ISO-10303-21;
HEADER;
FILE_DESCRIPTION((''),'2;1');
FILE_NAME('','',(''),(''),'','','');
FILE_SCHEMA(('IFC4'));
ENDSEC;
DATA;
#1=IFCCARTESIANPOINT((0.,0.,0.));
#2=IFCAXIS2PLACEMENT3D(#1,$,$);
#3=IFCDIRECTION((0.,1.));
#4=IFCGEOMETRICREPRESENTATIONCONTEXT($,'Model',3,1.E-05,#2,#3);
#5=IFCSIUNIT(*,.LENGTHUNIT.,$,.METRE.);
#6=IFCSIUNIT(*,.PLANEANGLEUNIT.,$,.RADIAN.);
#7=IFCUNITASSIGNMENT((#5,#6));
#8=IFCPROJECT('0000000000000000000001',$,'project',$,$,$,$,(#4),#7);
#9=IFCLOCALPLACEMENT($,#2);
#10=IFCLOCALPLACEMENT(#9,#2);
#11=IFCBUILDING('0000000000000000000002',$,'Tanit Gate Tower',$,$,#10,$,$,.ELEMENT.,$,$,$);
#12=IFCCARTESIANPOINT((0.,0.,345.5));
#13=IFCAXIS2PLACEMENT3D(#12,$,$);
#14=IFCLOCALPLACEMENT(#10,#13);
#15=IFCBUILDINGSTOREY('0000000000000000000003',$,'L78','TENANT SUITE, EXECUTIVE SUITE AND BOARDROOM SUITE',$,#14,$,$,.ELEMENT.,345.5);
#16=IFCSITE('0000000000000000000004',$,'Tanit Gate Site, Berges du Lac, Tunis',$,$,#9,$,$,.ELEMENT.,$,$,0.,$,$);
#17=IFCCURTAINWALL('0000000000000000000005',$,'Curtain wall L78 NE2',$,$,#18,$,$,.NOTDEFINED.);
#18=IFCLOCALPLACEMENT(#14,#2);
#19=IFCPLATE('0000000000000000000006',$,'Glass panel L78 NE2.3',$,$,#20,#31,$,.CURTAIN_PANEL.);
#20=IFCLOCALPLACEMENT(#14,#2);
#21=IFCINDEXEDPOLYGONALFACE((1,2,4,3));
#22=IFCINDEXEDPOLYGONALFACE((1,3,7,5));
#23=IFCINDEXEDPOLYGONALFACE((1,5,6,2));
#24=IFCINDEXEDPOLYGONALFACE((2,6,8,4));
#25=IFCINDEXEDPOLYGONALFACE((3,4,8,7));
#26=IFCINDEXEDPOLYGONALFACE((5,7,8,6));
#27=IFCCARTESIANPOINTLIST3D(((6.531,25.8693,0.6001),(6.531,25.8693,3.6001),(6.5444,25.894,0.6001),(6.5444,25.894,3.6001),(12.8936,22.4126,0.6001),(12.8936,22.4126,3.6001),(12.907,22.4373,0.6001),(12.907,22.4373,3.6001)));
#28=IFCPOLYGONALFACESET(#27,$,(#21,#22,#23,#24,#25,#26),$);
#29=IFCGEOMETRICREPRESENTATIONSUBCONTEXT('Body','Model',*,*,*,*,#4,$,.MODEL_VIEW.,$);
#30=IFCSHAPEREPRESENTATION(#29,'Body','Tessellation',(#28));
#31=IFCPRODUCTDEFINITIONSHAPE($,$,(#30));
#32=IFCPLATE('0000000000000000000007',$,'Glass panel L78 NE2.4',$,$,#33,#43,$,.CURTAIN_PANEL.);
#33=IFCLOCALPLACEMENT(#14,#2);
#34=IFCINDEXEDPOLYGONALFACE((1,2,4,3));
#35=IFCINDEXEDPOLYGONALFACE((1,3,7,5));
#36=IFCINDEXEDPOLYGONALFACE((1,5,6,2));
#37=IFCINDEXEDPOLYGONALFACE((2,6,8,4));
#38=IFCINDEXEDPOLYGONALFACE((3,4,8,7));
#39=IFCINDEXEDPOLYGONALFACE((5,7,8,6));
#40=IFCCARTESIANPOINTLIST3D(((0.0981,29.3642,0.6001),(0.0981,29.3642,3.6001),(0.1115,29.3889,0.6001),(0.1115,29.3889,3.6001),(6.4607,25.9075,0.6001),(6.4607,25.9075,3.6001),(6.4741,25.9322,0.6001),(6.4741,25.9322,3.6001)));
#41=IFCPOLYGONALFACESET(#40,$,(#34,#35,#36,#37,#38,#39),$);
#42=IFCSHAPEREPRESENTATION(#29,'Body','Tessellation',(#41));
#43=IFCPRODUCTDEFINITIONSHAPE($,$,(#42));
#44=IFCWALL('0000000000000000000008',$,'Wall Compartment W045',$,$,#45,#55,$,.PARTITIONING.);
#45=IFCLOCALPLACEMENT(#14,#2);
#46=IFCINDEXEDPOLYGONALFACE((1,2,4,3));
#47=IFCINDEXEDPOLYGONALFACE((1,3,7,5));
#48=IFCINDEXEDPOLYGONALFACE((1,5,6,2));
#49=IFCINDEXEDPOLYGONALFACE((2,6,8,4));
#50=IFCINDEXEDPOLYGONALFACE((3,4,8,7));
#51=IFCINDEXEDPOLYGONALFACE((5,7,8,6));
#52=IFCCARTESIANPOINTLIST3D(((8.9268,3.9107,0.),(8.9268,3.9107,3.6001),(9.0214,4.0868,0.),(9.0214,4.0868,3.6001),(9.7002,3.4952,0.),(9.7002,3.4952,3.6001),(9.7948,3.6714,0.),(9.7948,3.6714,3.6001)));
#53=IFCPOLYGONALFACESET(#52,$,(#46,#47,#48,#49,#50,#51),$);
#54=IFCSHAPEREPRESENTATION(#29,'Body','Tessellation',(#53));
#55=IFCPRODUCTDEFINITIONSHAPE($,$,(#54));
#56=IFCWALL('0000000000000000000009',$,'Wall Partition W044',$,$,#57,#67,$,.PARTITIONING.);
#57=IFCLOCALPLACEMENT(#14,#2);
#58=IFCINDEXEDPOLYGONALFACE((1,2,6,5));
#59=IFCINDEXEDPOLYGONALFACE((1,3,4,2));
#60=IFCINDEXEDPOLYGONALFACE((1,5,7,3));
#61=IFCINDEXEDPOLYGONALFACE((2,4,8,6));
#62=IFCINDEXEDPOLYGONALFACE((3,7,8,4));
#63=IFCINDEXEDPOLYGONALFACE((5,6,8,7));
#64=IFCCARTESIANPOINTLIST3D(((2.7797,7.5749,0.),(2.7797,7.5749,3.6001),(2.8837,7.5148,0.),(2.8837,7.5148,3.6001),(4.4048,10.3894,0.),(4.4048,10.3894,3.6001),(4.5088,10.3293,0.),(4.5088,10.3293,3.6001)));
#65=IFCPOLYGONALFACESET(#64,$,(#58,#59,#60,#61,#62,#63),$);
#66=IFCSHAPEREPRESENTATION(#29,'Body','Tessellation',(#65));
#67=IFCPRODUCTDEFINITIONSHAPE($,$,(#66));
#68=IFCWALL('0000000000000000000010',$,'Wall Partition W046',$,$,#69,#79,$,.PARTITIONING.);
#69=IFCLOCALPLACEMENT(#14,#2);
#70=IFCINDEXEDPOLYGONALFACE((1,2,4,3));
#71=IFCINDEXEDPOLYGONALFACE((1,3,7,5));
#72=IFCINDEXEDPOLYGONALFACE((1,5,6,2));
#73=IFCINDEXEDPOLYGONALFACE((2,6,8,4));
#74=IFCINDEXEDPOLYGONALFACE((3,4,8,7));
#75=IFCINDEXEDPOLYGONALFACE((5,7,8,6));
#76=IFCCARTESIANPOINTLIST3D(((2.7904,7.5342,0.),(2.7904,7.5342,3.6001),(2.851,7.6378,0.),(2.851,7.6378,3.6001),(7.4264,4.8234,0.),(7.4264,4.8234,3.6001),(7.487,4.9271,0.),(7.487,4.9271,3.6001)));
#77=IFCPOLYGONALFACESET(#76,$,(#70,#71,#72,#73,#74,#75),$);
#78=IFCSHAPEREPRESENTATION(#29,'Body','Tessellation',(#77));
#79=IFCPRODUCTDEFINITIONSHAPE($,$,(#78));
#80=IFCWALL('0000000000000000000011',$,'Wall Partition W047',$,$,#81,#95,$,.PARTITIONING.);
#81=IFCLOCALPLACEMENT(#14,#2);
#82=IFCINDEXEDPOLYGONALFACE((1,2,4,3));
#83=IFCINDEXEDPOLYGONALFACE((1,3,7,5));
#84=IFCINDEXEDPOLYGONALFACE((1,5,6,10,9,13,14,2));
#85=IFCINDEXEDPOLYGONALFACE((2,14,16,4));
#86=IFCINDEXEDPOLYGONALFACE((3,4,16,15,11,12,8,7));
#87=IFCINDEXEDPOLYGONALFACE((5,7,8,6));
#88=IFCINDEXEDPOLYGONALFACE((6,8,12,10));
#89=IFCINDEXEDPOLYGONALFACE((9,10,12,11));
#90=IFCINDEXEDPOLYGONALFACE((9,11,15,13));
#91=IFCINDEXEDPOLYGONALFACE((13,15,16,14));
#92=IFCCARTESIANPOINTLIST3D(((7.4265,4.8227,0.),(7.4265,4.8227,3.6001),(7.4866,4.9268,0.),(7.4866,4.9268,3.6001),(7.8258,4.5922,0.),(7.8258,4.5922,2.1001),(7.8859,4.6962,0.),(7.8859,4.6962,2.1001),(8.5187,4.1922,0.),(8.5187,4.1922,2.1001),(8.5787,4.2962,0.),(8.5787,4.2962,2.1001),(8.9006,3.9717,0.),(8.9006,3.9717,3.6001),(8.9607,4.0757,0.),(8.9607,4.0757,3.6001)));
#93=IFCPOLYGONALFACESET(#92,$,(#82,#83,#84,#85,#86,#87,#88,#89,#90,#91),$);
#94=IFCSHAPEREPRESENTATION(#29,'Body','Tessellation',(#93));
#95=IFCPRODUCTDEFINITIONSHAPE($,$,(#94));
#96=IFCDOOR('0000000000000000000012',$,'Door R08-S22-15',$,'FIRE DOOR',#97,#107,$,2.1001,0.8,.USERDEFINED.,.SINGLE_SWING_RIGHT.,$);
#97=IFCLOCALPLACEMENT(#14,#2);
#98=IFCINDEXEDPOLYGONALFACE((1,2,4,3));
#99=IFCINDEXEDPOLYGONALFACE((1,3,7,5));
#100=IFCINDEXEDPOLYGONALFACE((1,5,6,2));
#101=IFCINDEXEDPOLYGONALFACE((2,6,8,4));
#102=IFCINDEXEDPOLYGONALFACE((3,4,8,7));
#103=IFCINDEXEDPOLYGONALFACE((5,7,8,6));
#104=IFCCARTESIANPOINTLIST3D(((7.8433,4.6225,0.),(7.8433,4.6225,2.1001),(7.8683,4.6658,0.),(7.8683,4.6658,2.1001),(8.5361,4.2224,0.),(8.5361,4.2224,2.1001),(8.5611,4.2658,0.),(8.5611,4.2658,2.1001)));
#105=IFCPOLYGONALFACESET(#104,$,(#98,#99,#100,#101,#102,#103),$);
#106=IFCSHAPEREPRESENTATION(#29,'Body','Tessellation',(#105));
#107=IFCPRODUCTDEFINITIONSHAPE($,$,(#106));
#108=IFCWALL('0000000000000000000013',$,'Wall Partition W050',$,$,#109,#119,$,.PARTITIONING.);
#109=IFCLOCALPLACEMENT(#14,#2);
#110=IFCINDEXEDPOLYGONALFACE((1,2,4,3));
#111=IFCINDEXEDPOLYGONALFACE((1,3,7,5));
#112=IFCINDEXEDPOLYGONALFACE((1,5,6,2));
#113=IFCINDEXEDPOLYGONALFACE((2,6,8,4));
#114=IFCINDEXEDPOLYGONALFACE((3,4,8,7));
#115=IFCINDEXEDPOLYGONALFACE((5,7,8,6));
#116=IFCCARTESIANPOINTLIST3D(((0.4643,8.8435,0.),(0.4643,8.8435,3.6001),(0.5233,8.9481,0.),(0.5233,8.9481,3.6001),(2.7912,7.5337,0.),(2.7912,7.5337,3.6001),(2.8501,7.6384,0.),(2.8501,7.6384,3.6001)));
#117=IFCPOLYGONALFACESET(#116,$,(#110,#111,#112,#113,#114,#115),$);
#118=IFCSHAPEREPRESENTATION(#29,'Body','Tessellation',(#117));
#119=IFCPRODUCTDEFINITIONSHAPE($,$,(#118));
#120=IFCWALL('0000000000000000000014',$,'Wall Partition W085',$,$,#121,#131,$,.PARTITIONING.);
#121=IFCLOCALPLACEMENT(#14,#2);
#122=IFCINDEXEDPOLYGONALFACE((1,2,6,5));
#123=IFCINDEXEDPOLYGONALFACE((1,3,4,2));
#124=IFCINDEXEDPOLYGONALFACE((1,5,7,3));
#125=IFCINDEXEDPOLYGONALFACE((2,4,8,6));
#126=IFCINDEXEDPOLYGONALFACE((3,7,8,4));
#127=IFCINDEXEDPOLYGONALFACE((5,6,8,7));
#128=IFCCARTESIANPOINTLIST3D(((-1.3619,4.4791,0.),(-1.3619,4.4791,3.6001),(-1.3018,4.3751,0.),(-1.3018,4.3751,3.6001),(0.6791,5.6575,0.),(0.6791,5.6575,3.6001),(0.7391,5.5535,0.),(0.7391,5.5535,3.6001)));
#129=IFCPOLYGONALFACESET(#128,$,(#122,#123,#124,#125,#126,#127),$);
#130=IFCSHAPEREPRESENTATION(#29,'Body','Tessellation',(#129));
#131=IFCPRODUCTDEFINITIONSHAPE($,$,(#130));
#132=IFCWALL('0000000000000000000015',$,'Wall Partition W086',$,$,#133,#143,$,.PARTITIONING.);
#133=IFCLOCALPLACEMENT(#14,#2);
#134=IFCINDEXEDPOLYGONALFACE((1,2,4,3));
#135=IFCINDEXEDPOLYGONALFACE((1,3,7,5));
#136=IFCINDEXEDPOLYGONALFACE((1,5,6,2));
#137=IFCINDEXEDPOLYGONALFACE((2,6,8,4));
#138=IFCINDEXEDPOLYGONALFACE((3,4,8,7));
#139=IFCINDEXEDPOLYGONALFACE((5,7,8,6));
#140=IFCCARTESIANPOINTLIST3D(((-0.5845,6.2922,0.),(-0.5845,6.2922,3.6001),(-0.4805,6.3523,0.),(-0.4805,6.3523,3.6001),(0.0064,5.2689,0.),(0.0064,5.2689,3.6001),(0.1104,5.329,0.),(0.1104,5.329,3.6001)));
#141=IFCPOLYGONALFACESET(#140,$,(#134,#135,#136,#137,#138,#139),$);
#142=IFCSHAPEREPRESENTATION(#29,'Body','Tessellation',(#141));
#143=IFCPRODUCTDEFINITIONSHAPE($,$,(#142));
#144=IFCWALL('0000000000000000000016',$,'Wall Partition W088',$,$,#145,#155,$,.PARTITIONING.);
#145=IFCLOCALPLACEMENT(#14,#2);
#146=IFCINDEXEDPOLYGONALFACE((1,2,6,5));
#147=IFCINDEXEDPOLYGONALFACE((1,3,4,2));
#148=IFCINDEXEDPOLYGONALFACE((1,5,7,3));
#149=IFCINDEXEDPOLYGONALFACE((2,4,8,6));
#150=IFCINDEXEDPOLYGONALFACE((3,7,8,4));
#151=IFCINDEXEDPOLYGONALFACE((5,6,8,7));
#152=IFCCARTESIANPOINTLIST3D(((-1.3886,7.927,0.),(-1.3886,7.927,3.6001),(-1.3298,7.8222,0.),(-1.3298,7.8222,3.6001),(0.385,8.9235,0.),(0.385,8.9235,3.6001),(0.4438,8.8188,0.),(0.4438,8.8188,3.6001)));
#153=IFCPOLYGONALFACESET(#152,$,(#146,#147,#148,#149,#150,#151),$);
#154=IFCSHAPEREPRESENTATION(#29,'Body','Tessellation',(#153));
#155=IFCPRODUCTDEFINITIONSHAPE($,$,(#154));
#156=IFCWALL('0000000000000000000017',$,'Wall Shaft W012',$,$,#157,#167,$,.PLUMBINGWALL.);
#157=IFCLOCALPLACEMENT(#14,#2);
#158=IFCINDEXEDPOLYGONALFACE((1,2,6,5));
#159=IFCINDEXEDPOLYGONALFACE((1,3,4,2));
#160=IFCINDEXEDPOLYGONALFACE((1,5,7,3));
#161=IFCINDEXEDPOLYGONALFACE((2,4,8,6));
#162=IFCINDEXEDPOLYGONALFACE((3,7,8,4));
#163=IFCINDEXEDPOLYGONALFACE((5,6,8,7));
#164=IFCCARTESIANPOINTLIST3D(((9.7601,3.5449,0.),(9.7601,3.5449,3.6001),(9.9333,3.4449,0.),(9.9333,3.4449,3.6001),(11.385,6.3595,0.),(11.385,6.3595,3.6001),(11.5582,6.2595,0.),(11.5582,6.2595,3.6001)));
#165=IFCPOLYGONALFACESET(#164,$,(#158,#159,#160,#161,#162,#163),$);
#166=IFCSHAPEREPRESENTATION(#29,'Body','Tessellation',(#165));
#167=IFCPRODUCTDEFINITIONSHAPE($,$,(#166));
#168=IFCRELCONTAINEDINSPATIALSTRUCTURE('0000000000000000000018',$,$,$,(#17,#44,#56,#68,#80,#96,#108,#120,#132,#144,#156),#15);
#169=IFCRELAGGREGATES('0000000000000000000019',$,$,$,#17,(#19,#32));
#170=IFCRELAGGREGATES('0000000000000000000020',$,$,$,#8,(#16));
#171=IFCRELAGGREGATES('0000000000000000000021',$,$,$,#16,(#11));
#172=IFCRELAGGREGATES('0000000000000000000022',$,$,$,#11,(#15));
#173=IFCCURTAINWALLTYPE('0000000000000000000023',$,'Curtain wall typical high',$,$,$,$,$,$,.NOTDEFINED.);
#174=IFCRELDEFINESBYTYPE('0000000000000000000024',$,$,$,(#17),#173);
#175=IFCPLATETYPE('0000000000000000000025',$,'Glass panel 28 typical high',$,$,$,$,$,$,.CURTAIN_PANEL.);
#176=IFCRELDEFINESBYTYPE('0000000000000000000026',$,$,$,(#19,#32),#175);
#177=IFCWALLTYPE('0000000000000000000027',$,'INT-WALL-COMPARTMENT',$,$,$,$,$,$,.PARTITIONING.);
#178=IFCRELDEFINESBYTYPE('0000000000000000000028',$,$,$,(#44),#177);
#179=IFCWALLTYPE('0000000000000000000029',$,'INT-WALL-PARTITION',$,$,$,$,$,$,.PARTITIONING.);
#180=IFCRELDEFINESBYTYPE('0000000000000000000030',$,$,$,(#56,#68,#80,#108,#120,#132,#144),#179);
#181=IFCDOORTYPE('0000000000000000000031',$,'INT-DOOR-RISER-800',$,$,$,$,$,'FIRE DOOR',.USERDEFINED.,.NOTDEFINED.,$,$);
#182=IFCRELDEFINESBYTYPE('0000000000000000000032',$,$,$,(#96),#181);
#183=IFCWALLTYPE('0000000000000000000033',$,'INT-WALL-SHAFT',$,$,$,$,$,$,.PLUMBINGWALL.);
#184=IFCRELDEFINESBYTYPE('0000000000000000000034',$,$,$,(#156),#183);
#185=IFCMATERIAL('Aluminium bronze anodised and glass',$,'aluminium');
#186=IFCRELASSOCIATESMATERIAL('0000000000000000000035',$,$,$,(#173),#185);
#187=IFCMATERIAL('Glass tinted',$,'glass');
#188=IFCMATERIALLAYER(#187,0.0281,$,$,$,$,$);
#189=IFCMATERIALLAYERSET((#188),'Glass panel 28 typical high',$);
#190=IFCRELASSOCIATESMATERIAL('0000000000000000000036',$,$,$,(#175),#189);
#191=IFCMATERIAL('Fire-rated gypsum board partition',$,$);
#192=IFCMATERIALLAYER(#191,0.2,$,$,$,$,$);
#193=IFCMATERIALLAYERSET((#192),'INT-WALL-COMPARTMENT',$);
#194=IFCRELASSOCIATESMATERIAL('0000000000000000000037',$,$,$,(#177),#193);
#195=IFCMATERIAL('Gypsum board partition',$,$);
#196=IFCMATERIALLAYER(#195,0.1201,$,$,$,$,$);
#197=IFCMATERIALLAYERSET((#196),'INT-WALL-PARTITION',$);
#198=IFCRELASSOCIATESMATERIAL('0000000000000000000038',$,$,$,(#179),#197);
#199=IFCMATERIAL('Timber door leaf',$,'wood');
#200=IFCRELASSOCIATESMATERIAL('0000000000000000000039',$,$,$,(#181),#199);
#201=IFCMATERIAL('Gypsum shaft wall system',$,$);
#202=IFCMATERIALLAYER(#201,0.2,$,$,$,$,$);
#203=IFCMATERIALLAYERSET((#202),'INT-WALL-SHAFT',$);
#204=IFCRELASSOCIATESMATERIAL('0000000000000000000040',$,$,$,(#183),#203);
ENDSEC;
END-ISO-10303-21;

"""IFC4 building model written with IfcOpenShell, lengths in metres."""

from ifc_helpers import new_model, si_unit, direction, frame, frame_2d, origin, origin_2d, place, context, subcontext, project, spatial, rectangle, extrude, material, layer, layer_set, type_object, element, fill, aggregate, save


model = new_model("IFC4")

# Units and contexts
model_context = context("Model", 3, precision=1e-05, world=origin(), true_north=direction((0.0, 1.0)))
body_context = subcontext(model_context, "Body", "Model", "MODEL_VIEW")
ifc_project = project(units=[si_unit("LENGTHUNIT", "METRE"), si_unit("PLANEANGLEUNIT", "RADIAN")], contexts=[model_context])

# Site, building, storey
site_placement = place(None, origin())
site = spatial("IfcSite", under=ifc_project, at=site_placement, Name="Tanit Gate Site, Berges du Lac, Tunis", CompositionType="ELEMENT", RefElevation=0.0)
building_placement = place(site_placement, origin())
building = spatial("IfcBuilding", under=site, at=building_placement, Name="Tanit Gate Tower", CompositionType="ELEMENT")
storey_placement = place(building_placement, frame((0.0, 0.0, 345.5)))
storey = spatial("IfcBuildingStorey", under=building, at=storey_placement, Name="L78", Description="TENANT SUITE, EXECUTIVE SUITE AND BOARDROOM SUITE", CompositionType="ELEMENT", Elevation=345.5)

# Curtain wall
ifc_material_1 = material(Name="Aluminium bronze anodised and glass", Category="aluminium")
curtain_wall_type = type_object("IfcCurtainWallType", Name="Curtain wall typical high", PredefinedType="NOTDEFINED", material=ifc_material_1)
curtain_wall_1_placement = place(storey_placement, origin())
curtain_wall_1 = element("IfcCurtainWall", 1, at=curtain_wall_1_placement, inside=storey, type_object=curtain_wall_type, Name="Curtain wall L78 NE2", PredefinedType="NOTDEFINED")

# Plates
ifc_material_2 = material(Name="Glass tinted", Category="glass")
ifc_layer_1 = layer(ifc_material_2, 0.0281)
ifc_layer_set_1 = layer_set([ifc_layer_1], Name="Glass panel 28 typical high")
plate_type = type_object("IfcPlateType", Name="Glass panel 28 typical high", PredefinedType="CURTAIN_PANEL", material=ifc_layer_set_1)
plate_1_placement = place(storey_placement, frame((9.719, 24.1533, 0.6001), z_axis=(0.0, 0.0, 1.0), x_axis=(-0.878696, 0.477381, 0.0)))
plate_1 = element("IfcPlate", 2, at=plate_1_placement, type_object=plate_type, Name="Glass panel L78 NE2.3", PredefinedType="CURTAIN_PANEL", context=body_context, shape_type="SweptSolid", body=[
    extrude(rectangle(XDim=7.241, YDim=0.0281, at=origin_2d()), origin(), (0.0, 0.0, 1.0), 3.0),
])
plate_2_placement = place(storey_placement, frame((3.2861, 27.6482, 0.6001), z_axis=(0.0, 0.0, 1.0), x_axis=(-0.878696, 0.477381, 0.0)))
plate_2 = element("IfcPlate", 3, at=plate_2_placement, type_object=plate_type, Name="Glass panel L78 NE2.4", PredefinedType="CURTAIN_PANEL", context=body_context, shape_type="SweptSolid", body=[
    extrude(rectangle(XDim=7.241, YDim=0.0281, at=origin_2d()), origin(), (0.0, 0.0, 1.0), 3.0),
])
aggregate(curtain_wall_1, [plate_1, plate_2])

# Walls
ifc_material_3 = material(Name="Fire-rated gypsum board partition")
ifc_layer_2 = layer(ifc_material_3, 0.2)
ifc_layer_set_2 = layer_set([ifc_layer_2], Name="INT-WALL-COMPARTMENT")
wall_type_1 = type_object("IfcWallType", Name="INT-WALL-COMPARTMENT", PredefinedType="PARTITIONING", material=ifc_layer_set_2)
wall_1_placement = place(storey_placement, frame((8.9741, 3.9988, 0.0), z_axis=(0.0, 0.0, 1.0), x_axis=(0.880917, -0.473271, 0.0)))
element("IfcWall", 4, at=wall_1_placement, inside=storey, type_object=wall_type_1, Name="Wall Compartment W045", PredefinedType="PARTITIONING", context=body_context, shape_type="SweptSolid", body=[
    extrude(rectangle(XDim=0.8779, YDim=0.2, at=frame_2d((0.439, 0.0))), origin(), (0.0, 0.0, 1.0), 3.6001),
])
ifc_material_4 = material(Name="Gypsum board partition")
ifc_layer_3 = layer(ifc_material_4, 0.1201)
ifc_layer_set_3 = layer_set([ifc_layer_3], Name="INT-WALL-PARTITION")
wall_type_2 = type_object("IfcWallType", Name="INT-WALL-PARTITION", PredefinedType="PARTITIONING", material=ifc_layer_set_3)
wall_2_placement = place(storey_placement, frame((4.4568, 10.3594, 0.0), z_axis=(0.0, 0.0, 1.0), x_axis=(-0.500017, -0.866015, 0.0)))
element("IfcWall", 5, at=wall_2_placement, inside=storey, type_object=wall_type_2, Name="Wall Partition W044", PredefinedType="PARTITIONING", context=body_context, shape_type="SweptSolid", body=[
    extrude(rectangle(XDim=3.25, YDim=0.1201, at=frame_2d((1.625, 0.0))), origin(), (0.0, 0.0, 1.0), 3.6001),
])
wall_3_placement = place(storey_placement, frame((2.8208, 7.5859, 0.0), z_axis=(0.0, 0.0, 1.0), x_axis=(0.863262, -0.504755, 0.0)))
element("IfcWall", 6, at=wall_3_placement, inside=storey, type_object=wall_type_2, Name="Wall Partition W046", PredefinedType="PARTITIONING", context=body_context, shape_type="SweptSolid", body=[
    extrude(rectangle(XDim=5.3704, YDim=0.1201, at=frame_2d((2.6851, 0.0))), origin(), (0.0, 0.0, 1.0), 3.6001),
])

# Wall, opening, door
wall_4_placement = place(storey_placement, frame((7.4565, 4.8748, 0.0), z_axis=(0.0, 0.0, 1.0), x_axis=(0.866028, -0.499996, 0.0)))
wall_4 = element("IfcWall", 7, at=wall_4_placement, inside=storey, type_object=wall_type_2, Name="Wall Partition W047", PredefinedType="PARTITIONING", context=body_context, shape_type="SweptSolid", body=[
    extrude(rectangle(XDim=1.7021, YDim=0.1201, at=frame_2d((0.8511, 0.0))), origin(), (0.0, 0.0, 1.0), 3.6001),
])
opening_placement = place(wall_4_placement, frame((0.4612, 0.0, 0.0)))
opening = element("IfcOpeningElement", 8, at=opening_placement, cuts=wall_4, PredefinedType="OPENING", context=body_context, shape_type="SweptSolid", body=[
    extrude(rectangle(XDim=0.8, YDim=2.1001, at=frame_2d((0.3999, 1.05))), frame((0.0, 0.0701, 0.0), z_axis=(0.0, -1.0, 0.0), x_axis=(1.0, 0.0, 0.0)), (0.0, 0.0, 1.0), 0.1401),
])
ifc_material_5 = material(Name="Timber door leaf", Category="wood")
door_type = type_object("IfcDoorType", Name="INT-DOOR-RISER-800", ElementType="FIRE DOOR", OperationType="NOTDEFINED", PredefinedType="USERDEFINED", material=ifc_material_5)
door_placement = place(opening_placement, origin())
door = element("IfcDoor", 9, at=door_placement, inside=storey, type_object=door_type, Name="Door R08-S22-15", ObjectType="FIRE DOOR", OperationType="SINGLE_SWING_RIGHT", OverallHeight=2.1001, OverallWidth=0.8, PredefinedType="USERDEFINED", context=body_context, shape_type="SweptSolid", body=[
    extrude(rectangle(XDim=0.8, YDim=2.1001, at=frame_2d((0.3999, 1.05))), frame((0.0, 0.0249, 0.0), z_axis=(0.0, -1.0, 0.0), x_axis=(1.0, 0.0, 0.0)), (0.0, 0.0, 1.0), 0.05),
])
fill(opening, door)

# Walls
wall_5_placement = place(storey_placement, frame((0.4939, 8.8958, 0.0), z_axis=(0.0, 0.0, 1.0), x_axis=(0.871427, -0.490526, 0.0)))
element("IfcWall", 10, at=wall_5_placement, inside=storey, type_object=wall_type_2, Name="Wall Partition W050", PredefinedType="PARTITIONING", context=body_context, shape_type="SweptSolid", body=[
    extrude(rectangle(XDim=2.6702, YDim=0.1201, at=frame_2d((1.335, 0.0))), origin(), (0.0, 0.0, 1.0), 3.6001),
])
wall_6_placement = place(storey_placement, frame((0.709, 5.6055, 0.0), z_axis=(0.0, 0.0, 1.0), x_axis=(-0.86601, -0.500027, 0.0)))
element("IfcWall", 11, at=wall_6_placement, inside=storey, type_object=wall_type_2, Name="Wall Partition W085", PredefinedType="PARTITIONING", context=body_context, shape_type="SweptSolid", body=[
    extrude(rectangle(XDim=2.3567, YDim=0.1201, at=frame_2d((1.1782, 0.0))), origin(), (0.0, 0.0, 1.0), 3.6001),
])
wall_7_placement = place(storey_placement, frame((-0.5325, 6.3223, 0.0), z_axis=(0.0, 0.0, 1.0), x_axis=(0.50005, -0.865996, 0.0)))
element("IfcWall", 12, at=wall_7_placement, inside=storey, type_object=wall_type_2, Name="Wall Partition W086", PredefinedType="PARTITIONING", context=body_context, shape_type="SweptSolid", body=[
    extrude(rectangle(XDim=1.1816, YDim=0.1201, at=frame_2d((0.5908, 0.0))), origin(), (0.0, 0.0, 1.0), 3.6001),
])
wall_8_placement = place(storey_placement, frame((0.4143, 8.8711, 0.0), z_axis=(0.0, 0.0, 1.0), x_axis=(-0.871809, -0.489845, 0.0)))
element("IfcWall", 13, at=wall_8_placement, inside=storey, type_object=wall_type_2, Name="Wall Partition W088", PredefinedType="PARTITIONING", context=body_context, shape_type="SweptSolid", body=[
    extrude(rectangle(XDim=2.0344, YDim=0.1201, at=frame_2d((1.0171, 0.0))), origin(), (0.0, 0.0, 1.0), 3.6001),
])
ifc_material_6 = material(Name="Gypsum shaft wall system")
ifc_layer_4 = layer(ifc_material_6, 0.2)
ifc_layer_set_4 = layer_set([ifc_layer_4], Name="INT-WALL-SHAFT")
wall_type_3 = type_object("IfcWallType", Name="INT-WALL-SHAFT", PredefinedType="PLUMBINGWALL", material=ifc_layer_set_4)
wall_9_placement = place(storey_placement, frame((9.8467, 3.4949, 0.0), z_axis=(0.0, 0.0, 1.0), x_axis=(0.499985, 0.866034, 0.0)))
element("IfcWall", 14, at=wall_9_placement, inside=storey, type_object=wall_type_3, Name="Wall Shaft W012", PredefinedType="PLUMBINGWALL", context=body_context, shape_type="SweptSolid", body=[
    extrude(rectangle(XDim=3.25, YDim=0.2, at=frame_2d((1.625, 0.0))), origin(), (0.0, 0.0, 1.0), 3.6001),
])

save(model, "model.ifc")
